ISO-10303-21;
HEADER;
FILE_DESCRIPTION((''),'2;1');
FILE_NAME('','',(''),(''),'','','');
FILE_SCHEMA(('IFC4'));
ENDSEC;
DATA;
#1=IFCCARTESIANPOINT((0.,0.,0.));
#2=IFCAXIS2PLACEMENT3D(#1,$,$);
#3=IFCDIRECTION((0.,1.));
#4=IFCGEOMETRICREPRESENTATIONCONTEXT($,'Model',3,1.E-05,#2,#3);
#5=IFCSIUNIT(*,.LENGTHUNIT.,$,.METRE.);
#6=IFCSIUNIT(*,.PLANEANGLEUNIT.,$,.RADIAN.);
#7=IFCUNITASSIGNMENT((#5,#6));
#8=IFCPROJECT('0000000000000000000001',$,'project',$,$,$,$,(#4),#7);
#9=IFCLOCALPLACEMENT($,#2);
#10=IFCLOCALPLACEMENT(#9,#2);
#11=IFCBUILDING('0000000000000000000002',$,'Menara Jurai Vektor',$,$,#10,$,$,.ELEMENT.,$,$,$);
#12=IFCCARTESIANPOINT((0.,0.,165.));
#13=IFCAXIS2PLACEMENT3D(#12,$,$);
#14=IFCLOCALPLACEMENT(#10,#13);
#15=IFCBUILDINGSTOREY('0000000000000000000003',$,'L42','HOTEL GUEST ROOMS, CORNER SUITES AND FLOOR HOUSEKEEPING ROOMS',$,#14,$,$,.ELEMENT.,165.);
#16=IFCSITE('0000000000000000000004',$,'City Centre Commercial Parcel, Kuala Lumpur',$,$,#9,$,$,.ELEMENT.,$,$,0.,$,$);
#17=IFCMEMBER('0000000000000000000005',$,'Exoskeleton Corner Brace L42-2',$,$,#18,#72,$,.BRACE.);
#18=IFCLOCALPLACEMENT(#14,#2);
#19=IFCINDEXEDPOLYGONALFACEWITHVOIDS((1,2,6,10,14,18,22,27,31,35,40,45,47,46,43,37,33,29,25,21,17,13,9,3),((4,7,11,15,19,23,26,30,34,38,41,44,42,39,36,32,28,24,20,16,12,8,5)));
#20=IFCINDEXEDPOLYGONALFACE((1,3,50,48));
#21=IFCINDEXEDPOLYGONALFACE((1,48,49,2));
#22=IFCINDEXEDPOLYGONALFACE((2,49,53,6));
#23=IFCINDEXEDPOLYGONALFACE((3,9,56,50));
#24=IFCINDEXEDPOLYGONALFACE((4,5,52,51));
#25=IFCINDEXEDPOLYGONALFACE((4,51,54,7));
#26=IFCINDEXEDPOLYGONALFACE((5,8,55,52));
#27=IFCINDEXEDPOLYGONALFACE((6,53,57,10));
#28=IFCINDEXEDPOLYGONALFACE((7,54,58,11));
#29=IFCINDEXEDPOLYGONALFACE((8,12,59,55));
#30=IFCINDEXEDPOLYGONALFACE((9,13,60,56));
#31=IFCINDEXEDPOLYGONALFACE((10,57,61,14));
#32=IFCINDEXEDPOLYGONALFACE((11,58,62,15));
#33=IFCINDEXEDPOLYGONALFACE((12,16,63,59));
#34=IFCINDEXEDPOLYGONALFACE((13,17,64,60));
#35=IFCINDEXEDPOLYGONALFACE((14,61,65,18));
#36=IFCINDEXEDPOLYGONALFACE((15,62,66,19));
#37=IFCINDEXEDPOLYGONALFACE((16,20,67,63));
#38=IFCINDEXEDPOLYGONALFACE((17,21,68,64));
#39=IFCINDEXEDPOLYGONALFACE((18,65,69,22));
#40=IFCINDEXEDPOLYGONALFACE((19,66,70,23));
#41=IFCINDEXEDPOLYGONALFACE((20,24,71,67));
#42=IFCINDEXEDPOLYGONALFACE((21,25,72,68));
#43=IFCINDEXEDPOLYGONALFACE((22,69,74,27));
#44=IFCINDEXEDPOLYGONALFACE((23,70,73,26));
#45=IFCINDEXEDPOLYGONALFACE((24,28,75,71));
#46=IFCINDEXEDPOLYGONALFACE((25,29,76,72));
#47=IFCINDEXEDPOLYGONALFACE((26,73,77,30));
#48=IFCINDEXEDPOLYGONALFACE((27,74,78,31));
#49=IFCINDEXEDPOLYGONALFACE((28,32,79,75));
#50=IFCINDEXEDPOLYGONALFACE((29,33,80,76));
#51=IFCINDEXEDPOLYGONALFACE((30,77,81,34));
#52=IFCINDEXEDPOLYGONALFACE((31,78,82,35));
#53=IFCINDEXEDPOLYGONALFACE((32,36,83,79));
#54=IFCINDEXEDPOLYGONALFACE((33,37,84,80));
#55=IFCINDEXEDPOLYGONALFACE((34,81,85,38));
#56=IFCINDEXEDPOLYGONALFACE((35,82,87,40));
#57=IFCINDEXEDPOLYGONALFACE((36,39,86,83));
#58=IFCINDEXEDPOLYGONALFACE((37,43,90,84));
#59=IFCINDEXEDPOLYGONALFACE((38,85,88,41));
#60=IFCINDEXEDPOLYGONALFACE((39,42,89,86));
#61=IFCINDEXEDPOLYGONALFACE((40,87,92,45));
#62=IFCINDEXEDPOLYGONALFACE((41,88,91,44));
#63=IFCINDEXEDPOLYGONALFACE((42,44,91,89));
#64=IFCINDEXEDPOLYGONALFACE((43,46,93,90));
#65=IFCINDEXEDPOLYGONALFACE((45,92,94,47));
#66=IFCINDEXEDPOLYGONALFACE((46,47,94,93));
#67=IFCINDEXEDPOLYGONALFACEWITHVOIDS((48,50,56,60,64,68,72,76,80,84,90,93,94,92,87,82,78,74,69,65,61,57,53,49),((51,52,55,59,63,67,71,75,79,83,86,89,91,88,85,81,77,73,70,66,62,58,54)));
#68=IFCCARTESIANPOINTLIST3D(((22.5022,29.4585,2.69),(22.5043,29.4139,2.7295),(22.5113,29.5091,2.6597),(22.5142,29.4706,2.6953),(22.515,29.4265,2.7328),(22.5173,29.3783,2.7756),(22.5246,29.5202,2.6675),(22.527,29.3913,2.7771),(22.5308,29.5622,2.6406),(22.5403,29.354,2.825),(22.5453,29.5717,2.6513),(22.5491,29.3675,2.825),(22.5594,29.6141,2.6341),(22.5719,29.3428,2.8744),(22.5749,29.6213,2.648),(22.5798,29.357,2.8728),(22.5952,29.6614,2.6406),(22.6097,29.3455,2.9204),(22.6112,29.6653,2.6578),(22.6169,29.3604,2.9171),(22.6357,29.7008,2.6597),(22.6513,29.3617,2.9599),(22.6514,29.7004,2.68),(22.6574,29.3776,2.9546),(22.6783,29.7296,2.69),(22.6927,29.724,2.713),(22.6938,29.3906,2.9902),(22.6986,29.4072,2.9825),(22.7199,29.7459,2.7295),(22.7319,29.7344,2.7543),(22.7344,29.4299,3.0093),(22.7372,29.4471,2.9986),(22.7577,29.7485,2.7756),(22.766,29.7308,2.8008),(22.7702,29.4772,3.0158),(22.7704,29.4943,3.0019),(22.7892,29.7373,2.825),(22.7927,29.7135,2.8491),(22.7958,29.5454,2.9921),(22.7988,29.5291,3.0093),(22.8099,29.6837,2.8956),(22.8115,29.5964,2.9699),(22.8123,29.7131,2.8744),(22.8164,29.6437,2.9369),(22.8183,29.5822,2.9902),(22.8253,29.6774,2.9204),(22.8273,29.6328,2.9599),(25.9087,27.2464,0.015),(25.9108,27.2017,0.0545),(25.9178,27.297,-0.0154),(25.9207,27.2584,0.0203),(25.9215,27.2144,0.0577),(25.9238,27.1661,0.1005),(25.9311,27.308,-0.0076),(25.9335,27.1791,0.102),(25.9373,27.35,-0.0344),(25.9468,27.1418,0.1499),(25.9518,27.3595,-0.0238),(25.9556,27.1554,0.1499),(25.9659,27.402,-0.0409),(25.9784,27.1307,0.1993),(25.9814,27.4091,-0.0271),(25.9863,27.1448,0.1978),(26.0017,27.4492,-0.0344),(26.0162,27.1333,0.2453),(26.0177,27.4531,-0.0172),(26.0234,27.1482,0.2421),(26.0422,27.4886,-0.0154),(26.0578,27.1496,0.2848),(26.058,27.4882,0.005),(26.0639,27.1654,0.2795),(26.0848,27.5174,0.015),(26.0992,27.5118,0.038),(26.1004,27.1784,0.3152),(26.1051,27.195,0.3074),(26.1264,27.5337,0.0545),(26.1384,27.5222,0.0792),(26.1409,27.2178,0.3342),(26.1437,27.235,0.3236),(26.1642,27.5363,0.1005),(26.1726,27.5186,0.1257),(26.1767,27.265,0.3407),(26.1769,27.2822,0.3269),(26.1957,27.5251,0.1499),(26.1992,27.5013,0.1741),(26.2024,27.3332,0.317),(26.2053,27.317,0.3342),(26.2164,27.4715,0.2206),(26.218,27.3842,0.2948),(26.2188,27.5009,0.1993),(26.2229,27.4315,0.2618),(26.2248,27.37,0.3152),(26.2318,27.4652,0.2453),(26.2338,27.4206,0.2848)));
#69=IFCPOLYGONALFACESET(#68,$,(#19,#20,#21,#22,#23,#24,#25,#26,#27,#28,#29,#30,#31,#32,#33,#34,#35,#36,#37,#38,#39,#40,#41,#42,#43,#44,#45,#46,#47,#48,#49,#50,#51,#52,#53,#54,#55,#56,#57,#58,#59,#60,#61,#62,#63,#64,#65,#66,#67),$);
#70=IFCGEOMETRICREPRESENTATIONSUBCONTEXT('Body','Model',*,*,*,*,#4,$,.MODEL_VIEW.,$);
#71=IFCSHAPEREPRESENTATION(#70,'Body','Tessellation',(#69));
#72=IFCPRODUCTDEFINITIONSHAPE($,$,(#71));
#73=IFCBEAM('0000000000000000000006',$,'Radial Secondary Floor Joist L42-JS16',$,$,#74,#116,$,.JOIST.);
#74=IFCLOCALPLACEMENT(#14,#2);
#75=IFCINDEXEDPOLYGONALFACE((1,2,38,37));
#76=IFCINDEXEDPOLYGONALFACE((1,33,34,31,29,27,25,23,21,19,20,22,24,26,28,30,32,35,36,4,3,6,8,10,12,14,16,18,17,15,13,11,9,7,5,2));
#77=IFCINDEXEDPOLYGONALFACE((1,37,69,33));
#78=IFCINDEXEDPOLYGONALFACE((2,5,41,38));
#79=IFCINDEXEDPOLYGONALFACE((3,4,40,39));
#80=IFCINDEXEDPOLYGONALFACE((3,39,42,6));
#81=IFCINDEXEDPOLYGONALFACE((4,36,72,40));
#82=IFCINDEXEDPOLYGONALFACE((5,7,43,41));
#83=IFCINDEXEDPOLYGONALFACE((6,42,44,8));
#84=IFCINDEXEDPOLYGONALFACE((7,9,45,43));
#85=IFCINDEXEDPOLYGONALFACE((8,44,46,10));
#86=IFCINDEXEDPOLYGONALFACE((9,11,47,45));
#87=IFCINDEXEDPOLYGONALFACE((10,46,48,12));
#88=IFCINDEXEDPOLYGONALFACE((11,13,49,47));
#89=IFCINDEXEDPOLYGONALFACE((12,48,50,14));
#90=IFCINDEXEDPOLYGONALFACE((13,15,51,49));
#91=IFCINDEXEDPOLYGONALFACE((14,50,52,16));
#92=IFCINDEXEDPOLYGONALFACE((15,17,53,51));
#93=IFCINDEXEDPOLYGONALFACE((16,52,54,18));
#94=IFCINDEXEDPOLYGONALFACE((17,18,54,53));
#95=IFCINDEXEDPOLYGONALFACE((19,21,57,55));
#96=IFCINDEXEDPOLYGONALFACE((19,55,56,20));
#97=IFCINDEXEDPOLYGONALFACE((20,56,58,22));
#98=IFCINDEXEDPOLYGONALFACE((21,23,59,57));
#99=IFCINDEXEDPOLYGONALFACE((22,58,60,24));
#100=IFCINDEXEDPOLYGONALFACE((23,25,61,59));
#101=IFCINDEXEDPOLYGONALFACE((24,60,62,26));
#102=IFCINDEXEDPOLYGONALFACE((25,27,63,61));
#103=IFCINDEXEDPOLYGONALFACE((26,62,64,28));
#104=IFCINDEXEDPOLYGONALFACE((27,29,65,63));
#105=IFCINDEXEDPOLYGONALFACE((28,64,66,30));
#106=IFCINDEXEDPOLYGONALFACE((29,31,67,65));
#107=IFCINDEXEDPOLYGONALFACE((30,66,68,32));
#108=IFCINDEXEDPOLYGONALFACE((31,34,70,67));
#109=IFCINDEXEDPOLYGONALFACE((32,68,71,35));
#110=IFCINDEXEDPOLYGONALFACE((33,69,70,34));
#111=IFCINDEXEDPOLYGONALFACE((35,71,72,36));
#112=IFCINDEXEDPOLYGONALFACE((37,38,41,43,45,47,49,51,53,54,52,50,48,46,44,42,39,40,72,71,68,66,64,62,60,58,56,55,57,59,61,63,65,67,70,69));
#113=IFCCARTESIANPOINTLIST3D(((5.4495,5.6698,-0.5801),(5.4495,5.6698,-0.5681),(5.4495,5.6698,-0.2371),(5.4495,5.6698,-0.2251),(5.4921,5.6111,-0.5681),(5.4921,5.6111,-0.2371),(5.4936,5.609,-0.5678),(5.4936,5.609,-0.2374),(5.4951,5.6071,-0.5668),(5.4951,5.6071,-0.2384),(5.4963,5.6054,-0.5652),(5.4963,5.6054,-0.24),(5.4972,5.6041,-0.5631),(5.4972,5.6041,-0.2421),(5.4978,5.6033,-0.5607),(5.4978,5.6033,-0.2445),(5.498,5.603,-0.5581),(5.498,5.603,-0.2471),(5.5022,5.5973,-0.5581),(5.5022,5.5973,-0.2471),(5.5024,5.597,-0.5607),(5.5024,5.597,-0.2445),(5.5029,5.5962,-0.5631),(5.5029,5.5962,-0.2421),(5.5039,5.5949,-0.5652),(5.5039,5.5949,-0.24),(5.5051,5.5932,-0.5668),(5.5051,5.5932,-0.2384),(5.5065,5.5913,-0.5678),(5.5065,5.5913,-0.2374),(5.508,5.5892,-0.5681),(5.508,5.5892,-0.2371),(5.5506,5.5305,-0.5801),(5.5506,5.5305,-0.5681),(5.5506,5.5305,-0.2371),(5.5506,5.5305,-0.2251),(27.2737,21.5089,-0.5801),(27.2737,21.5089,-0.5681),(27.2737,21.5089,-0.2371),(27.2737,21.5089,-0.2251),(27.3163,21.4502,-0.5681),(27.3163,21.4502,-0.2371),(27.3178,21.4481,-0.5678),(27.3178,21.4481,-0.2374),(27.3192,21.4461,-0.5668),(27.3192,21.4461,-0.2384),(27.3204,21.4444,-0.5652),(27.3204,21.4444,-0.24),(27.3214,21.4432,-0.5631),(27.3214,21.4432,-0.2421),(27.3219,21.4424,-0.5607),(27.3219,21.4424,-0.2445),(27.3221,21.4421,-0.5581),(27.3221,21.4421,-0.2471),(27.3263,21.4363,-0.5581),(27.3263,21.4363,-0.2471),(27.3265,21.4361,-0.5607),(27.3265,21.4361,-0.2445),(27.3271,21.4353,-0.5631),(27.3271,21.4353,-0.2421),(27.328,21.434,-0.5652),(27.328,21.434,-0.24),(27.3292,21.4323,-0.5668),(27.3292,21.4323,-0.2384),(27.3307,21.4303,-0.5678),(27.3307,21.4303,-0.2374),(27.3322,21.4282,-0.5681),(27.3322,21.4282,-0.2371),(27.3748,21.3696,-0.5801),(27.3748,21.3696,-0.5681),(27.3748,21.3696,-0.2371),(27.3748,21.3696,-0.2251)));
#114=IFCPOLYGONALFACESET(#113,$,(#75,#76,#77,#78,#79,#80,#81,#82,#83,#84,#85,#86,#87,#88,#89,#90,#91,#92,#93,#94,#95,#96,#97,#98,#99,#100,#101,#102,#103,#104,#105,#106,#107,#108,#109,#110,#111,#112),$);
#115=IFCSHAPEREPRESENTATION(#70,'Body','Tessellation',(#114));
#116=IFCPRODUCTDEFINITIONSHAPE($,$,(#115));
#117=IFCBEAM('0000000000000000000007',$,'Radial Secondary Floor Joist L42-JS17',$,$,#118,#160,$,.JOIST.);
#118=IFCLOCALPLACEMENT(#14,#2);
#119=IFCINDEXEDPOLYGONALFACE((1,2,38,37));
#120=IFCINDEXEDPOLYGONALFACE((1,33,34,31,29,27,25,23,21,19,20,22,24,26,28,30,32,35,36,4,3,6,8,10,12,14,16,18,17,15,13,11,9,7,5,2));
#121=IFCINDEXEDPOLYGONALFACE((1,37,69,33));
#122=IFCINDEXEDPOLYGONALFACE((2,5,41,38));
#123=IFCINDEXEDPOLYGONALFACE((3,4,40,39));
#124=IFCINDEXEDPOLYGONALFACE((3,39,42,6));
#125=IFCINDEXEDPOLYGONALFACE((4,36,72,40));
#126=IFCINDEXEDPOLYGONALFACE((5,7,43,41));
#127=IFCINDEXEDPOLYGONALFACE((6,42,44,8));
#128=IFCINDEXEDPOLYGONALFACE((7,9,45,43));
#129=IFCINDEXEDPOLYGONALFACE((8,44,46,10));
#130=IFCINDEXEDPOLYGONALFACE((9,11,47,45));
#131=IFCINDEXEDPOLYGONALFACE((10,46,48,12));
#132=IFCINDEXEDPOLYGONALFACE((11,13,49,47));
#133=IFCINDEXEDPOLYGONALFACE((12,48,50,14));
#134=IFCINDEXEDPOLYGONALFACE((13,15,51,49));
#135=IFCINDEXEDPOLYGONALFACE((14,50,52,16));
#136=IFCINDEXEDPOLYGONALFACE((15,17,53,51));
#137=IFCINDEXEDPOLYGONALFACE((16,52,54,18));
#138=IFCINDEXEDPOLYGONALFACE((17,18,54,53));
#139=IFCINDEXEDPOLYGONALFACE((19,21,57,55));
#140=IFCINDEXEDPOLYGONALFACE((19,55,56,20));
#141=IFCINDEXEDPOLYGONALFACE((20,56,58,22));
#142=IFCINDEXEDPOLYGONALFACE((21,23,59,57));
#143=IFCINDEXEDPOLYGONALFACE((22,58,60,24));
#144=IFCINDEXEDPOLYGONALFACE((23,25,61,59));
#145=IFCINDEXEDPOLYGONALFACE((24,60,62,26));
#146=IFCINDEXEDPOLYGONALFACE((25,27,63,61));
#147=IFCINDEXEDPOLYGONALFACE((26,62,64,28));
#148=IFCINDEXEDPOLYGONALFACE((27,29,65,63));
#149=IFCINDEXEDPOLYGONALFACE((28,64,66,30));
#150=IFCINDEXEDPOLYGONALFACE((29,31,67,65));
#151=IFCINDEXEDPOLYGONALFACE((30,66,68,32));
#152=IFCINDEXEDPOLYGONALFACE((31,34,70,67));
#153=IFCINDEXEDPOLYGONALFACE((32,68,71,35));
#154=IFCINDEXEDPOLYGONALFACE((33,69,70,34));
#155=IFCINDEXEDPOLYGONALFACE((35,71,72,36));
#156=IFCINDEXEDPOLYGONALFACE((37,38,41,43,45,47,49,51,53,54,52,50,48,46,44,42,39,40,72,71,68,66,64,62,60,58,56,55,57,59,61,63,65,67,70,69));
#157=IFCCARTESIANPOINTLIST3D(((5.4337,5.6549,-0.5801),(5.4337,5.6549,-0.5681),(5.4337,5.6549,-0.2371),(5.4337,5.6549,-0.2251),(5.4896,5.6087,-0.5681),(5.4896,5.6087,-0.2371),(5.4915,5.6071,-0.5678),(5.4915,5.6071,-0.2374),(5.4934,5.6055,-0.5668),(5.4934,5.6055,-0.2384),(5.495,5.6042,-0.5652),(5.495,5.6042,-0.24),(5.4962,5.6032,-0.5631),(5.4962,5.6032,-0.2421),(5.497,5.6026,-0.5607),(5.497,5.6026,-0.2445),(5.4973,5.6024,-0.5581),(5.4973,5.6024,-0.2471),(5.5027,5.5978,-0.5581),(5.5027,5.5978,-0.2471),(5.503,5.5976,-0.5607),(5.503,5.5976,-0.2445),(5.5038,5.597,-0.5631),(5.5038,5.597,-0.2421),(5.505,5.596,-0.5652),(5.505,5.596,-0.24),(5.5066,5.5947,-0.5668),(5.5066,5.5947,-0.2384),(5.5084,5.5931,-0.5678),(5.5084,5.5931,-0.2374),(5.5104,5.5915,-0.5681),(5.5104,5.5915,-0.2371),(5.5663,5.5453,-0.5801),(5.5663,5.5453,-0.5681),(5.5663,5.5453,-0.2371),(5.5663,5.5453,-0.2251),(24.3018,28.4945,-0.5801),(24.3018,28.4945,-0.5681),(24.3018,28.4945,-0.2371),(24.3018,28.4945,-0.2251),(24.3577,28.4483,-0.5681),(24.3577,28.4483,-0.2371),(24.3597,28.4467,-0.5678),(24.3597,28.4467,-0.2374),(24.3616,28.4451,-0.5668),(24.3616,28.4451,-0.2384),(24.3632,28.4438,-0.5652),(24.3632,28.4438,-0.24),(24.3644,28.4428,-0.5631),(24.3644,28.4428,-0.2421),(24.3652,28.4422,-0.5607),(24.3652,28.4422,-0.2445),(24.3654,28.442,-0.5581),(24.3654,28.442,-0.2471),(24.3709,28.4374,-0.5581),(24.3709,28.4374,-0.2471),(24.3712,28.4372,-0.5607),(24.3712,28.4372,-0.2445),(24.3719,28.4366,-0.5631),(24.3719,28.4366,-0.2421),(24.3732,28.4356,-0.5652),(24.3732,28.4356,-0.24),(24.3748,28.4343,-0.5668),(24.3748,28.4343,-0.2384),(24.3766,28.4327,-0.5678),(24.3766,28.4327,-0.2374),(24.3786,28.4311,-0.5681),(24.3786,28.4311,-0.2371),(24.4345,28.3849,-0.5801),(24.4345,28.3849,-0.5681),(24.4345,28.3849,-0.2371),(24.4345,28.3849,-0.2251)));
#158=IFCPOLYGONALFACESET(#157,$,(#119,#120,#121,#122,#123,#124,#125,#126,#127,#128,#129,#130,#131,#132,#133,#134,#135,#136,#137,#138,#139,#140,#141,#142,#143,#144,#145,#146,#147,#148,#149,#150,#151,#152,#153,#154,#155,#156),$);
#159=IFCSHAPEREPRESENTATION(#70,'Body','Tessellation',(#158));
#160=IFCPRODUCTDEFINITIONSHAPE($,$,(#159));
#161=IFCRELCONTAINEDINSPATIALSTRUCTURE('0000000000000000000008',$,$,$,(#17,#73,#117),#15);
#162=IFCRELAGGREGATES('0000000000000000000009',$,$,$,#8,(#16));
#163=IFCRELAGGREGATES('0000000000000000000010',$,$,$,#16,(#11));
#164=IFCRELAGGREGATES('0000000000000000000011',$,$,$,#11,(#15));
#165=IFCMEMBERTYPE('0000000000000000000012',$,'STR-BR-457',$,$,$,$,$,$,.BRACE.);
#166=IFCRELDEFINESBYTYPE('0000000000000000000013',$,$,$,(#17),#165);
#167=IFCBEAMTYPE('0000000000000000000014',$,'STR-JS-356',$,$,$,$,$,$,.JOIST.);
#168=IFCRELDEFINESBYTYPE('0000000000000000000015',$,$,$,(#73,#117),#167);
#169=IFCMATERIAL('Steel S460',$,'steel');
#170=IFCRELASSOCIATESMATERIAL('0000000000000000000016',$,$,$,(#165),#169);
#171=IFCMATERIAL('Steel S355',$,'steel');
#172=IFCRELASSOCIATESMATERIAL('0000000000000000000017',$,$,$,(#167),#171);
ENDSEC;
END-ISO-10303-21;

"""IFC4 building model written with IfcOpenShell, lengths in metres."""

from ifc_helpers import new_model, si_unit, direction, frame, origin, origin_2d, place, context, subcontext, project, spatial, hollow_circle, i_section, extrude, material, material_profile, profile_set, type_object, element, save


model = new_model("IFC4")

# Units and contexts
model_context = context("Model", 3, precision=1e-05, world=origin(), true_north=direction((0.0, 1.0)))
body_context = subcontext(model_context, "Body", "Model", "MODEL_VIEW")
ifc_project = project(units=[si_unit("LENGTHUNIT", "METRE"), si_unit("PLANEANGLEUNIT", "RADIAN")], contexts=[model_context])

# Site, building, storey
site_placement = place(None, origin())
site = spatial("IfcSite", under=ifc_project, at=site_placement, Name="City Centre Commercial Parcel, Kuala Lumpur", CompositionType="ELEMENT", RefElevation=0.0)
building_placement = place(site_placement, origin())
building = spatial("IfcBuilding", under=site, at=building_placement, Name="Menara Jurai Vektor", CompositionType="ELEMENT")
storey_placement = place(building_placement, frame((0.0, 0.0, 165.0)))
storey = spatial("IfcBuildingStorey", under=building, at=storey_placement, Name="L42", Description="HOTEL GUEST ROOMS, CORNER SUITES AND FLOOR HOUSEKEEPING ROOMS", CompositionType="ELEMENT", Elevation=165.0)

# Shared definitions
ifc_material_1 = material(Name="Steel S460", Category="steel")

# Shared definitions
ifc_material_2 = material(Name="Steel S355", Category="steel")

# Member
ifc_material_profile_1 = material_profile(ifc_material_1, hollow_circle(Radius=0.2285, WallThickness=0.0161, at=origin_2d()), Name="CHS 457x16")
ifc_profile_set_1 = profile_set([ifc_material_profile_1], Name="Steel S460")
member_type_1 = type_object("IfcMemberType", Name="STR-BR-457", PredefinedType="BRACE", material=ifc_profile_set_1)
member_1_placement = place(storey_placement, frame((26.0713, 27.3335, 0.1499), z_axis=(-0.700419, 0.454848, 0.550024), x_axis=(-0.544631, -0.838676, 0.0)))
element("IfcMember", 1, at=member_1_placement, inside=storey, type_object=member_type_1, Name="Exoskeleton Corner Brace L42-2", PredefinedType="BRACE", context=body_context, shape_type="SweptSolid", body=[
    extrude(hollow_circle(Radius=0.2285, WallThickness=0.0161, at=origin_2d()), origin(), (0.0, 0.0, 1.0), 4.8635),
])

# Beams
ifc_material_profile_2 = material_profile(ifc_material_2, i_section(OverallWidth=0.1721, OverallDepth=0.355, WebThickness=0.0071, FlangeThickness=0.012, FilletRadius=0.01, at=origin_2d()), Name="UKB 356x171x51")
ifc_profile_set_2 = profile_set([ifc_material_profile_2], Name="Steel S355")
beam_type_1 = type_object("IfcBeamType", Name="STR-JS-356", PredefinedType="JOIST", material=ifc_profile_set_2)
beam_1_placement = place(storey_placement, frame((27.3242, 21.4392, -0.4026), z_axis=(-0.809319, -0.58737, 0.0), x_axis=(0.58737, -0.809319, 0.0)))
element("IfcBeam", 2, at=beam_1_placement, inside=storey, type_object=beam_type_1, Name="Radial Secondary Floor Joist L42-JS16", PredefinedType="JOIST", context=body_context, shape_type="SweptSolid", body=[
    extrude(i_section(OverallWidth=0.1721, OverallDepth=0.355, WebThickness=0.0071, FlangeThickness=0.012, FilletRadius=0.01, at=origin_2d()), origin(), (0.0, 0.0, 1.0), 26.9661),
])
beam_2_placement = place(storey_placement, frame((24.3682, 28.4397, -0.4026), z_axis=(-0.636895, -0.770951, 0.0), x_axis=(0.770951, -0.636895, 0.0)))
element("IfcBeam", 3, at=beam_2_placement, inside=storey, type_object=beam_type_1, Name="Radial Secondary Floor Joist L42-JS17", PredefinedType="JOIST", context=body_context, shape_type="SweptSolid", body=[
    extrude(i_section(OverallWidth=0.1721, OverallDepth=0.355, WebThickness=0.0071, FlangeThickness=0.012, FilletRadius=0.01, at=origin_2d()), origin(), (0.0, 0.0, 1.0), 29.6252),
])

save(model, "model.ifc")
